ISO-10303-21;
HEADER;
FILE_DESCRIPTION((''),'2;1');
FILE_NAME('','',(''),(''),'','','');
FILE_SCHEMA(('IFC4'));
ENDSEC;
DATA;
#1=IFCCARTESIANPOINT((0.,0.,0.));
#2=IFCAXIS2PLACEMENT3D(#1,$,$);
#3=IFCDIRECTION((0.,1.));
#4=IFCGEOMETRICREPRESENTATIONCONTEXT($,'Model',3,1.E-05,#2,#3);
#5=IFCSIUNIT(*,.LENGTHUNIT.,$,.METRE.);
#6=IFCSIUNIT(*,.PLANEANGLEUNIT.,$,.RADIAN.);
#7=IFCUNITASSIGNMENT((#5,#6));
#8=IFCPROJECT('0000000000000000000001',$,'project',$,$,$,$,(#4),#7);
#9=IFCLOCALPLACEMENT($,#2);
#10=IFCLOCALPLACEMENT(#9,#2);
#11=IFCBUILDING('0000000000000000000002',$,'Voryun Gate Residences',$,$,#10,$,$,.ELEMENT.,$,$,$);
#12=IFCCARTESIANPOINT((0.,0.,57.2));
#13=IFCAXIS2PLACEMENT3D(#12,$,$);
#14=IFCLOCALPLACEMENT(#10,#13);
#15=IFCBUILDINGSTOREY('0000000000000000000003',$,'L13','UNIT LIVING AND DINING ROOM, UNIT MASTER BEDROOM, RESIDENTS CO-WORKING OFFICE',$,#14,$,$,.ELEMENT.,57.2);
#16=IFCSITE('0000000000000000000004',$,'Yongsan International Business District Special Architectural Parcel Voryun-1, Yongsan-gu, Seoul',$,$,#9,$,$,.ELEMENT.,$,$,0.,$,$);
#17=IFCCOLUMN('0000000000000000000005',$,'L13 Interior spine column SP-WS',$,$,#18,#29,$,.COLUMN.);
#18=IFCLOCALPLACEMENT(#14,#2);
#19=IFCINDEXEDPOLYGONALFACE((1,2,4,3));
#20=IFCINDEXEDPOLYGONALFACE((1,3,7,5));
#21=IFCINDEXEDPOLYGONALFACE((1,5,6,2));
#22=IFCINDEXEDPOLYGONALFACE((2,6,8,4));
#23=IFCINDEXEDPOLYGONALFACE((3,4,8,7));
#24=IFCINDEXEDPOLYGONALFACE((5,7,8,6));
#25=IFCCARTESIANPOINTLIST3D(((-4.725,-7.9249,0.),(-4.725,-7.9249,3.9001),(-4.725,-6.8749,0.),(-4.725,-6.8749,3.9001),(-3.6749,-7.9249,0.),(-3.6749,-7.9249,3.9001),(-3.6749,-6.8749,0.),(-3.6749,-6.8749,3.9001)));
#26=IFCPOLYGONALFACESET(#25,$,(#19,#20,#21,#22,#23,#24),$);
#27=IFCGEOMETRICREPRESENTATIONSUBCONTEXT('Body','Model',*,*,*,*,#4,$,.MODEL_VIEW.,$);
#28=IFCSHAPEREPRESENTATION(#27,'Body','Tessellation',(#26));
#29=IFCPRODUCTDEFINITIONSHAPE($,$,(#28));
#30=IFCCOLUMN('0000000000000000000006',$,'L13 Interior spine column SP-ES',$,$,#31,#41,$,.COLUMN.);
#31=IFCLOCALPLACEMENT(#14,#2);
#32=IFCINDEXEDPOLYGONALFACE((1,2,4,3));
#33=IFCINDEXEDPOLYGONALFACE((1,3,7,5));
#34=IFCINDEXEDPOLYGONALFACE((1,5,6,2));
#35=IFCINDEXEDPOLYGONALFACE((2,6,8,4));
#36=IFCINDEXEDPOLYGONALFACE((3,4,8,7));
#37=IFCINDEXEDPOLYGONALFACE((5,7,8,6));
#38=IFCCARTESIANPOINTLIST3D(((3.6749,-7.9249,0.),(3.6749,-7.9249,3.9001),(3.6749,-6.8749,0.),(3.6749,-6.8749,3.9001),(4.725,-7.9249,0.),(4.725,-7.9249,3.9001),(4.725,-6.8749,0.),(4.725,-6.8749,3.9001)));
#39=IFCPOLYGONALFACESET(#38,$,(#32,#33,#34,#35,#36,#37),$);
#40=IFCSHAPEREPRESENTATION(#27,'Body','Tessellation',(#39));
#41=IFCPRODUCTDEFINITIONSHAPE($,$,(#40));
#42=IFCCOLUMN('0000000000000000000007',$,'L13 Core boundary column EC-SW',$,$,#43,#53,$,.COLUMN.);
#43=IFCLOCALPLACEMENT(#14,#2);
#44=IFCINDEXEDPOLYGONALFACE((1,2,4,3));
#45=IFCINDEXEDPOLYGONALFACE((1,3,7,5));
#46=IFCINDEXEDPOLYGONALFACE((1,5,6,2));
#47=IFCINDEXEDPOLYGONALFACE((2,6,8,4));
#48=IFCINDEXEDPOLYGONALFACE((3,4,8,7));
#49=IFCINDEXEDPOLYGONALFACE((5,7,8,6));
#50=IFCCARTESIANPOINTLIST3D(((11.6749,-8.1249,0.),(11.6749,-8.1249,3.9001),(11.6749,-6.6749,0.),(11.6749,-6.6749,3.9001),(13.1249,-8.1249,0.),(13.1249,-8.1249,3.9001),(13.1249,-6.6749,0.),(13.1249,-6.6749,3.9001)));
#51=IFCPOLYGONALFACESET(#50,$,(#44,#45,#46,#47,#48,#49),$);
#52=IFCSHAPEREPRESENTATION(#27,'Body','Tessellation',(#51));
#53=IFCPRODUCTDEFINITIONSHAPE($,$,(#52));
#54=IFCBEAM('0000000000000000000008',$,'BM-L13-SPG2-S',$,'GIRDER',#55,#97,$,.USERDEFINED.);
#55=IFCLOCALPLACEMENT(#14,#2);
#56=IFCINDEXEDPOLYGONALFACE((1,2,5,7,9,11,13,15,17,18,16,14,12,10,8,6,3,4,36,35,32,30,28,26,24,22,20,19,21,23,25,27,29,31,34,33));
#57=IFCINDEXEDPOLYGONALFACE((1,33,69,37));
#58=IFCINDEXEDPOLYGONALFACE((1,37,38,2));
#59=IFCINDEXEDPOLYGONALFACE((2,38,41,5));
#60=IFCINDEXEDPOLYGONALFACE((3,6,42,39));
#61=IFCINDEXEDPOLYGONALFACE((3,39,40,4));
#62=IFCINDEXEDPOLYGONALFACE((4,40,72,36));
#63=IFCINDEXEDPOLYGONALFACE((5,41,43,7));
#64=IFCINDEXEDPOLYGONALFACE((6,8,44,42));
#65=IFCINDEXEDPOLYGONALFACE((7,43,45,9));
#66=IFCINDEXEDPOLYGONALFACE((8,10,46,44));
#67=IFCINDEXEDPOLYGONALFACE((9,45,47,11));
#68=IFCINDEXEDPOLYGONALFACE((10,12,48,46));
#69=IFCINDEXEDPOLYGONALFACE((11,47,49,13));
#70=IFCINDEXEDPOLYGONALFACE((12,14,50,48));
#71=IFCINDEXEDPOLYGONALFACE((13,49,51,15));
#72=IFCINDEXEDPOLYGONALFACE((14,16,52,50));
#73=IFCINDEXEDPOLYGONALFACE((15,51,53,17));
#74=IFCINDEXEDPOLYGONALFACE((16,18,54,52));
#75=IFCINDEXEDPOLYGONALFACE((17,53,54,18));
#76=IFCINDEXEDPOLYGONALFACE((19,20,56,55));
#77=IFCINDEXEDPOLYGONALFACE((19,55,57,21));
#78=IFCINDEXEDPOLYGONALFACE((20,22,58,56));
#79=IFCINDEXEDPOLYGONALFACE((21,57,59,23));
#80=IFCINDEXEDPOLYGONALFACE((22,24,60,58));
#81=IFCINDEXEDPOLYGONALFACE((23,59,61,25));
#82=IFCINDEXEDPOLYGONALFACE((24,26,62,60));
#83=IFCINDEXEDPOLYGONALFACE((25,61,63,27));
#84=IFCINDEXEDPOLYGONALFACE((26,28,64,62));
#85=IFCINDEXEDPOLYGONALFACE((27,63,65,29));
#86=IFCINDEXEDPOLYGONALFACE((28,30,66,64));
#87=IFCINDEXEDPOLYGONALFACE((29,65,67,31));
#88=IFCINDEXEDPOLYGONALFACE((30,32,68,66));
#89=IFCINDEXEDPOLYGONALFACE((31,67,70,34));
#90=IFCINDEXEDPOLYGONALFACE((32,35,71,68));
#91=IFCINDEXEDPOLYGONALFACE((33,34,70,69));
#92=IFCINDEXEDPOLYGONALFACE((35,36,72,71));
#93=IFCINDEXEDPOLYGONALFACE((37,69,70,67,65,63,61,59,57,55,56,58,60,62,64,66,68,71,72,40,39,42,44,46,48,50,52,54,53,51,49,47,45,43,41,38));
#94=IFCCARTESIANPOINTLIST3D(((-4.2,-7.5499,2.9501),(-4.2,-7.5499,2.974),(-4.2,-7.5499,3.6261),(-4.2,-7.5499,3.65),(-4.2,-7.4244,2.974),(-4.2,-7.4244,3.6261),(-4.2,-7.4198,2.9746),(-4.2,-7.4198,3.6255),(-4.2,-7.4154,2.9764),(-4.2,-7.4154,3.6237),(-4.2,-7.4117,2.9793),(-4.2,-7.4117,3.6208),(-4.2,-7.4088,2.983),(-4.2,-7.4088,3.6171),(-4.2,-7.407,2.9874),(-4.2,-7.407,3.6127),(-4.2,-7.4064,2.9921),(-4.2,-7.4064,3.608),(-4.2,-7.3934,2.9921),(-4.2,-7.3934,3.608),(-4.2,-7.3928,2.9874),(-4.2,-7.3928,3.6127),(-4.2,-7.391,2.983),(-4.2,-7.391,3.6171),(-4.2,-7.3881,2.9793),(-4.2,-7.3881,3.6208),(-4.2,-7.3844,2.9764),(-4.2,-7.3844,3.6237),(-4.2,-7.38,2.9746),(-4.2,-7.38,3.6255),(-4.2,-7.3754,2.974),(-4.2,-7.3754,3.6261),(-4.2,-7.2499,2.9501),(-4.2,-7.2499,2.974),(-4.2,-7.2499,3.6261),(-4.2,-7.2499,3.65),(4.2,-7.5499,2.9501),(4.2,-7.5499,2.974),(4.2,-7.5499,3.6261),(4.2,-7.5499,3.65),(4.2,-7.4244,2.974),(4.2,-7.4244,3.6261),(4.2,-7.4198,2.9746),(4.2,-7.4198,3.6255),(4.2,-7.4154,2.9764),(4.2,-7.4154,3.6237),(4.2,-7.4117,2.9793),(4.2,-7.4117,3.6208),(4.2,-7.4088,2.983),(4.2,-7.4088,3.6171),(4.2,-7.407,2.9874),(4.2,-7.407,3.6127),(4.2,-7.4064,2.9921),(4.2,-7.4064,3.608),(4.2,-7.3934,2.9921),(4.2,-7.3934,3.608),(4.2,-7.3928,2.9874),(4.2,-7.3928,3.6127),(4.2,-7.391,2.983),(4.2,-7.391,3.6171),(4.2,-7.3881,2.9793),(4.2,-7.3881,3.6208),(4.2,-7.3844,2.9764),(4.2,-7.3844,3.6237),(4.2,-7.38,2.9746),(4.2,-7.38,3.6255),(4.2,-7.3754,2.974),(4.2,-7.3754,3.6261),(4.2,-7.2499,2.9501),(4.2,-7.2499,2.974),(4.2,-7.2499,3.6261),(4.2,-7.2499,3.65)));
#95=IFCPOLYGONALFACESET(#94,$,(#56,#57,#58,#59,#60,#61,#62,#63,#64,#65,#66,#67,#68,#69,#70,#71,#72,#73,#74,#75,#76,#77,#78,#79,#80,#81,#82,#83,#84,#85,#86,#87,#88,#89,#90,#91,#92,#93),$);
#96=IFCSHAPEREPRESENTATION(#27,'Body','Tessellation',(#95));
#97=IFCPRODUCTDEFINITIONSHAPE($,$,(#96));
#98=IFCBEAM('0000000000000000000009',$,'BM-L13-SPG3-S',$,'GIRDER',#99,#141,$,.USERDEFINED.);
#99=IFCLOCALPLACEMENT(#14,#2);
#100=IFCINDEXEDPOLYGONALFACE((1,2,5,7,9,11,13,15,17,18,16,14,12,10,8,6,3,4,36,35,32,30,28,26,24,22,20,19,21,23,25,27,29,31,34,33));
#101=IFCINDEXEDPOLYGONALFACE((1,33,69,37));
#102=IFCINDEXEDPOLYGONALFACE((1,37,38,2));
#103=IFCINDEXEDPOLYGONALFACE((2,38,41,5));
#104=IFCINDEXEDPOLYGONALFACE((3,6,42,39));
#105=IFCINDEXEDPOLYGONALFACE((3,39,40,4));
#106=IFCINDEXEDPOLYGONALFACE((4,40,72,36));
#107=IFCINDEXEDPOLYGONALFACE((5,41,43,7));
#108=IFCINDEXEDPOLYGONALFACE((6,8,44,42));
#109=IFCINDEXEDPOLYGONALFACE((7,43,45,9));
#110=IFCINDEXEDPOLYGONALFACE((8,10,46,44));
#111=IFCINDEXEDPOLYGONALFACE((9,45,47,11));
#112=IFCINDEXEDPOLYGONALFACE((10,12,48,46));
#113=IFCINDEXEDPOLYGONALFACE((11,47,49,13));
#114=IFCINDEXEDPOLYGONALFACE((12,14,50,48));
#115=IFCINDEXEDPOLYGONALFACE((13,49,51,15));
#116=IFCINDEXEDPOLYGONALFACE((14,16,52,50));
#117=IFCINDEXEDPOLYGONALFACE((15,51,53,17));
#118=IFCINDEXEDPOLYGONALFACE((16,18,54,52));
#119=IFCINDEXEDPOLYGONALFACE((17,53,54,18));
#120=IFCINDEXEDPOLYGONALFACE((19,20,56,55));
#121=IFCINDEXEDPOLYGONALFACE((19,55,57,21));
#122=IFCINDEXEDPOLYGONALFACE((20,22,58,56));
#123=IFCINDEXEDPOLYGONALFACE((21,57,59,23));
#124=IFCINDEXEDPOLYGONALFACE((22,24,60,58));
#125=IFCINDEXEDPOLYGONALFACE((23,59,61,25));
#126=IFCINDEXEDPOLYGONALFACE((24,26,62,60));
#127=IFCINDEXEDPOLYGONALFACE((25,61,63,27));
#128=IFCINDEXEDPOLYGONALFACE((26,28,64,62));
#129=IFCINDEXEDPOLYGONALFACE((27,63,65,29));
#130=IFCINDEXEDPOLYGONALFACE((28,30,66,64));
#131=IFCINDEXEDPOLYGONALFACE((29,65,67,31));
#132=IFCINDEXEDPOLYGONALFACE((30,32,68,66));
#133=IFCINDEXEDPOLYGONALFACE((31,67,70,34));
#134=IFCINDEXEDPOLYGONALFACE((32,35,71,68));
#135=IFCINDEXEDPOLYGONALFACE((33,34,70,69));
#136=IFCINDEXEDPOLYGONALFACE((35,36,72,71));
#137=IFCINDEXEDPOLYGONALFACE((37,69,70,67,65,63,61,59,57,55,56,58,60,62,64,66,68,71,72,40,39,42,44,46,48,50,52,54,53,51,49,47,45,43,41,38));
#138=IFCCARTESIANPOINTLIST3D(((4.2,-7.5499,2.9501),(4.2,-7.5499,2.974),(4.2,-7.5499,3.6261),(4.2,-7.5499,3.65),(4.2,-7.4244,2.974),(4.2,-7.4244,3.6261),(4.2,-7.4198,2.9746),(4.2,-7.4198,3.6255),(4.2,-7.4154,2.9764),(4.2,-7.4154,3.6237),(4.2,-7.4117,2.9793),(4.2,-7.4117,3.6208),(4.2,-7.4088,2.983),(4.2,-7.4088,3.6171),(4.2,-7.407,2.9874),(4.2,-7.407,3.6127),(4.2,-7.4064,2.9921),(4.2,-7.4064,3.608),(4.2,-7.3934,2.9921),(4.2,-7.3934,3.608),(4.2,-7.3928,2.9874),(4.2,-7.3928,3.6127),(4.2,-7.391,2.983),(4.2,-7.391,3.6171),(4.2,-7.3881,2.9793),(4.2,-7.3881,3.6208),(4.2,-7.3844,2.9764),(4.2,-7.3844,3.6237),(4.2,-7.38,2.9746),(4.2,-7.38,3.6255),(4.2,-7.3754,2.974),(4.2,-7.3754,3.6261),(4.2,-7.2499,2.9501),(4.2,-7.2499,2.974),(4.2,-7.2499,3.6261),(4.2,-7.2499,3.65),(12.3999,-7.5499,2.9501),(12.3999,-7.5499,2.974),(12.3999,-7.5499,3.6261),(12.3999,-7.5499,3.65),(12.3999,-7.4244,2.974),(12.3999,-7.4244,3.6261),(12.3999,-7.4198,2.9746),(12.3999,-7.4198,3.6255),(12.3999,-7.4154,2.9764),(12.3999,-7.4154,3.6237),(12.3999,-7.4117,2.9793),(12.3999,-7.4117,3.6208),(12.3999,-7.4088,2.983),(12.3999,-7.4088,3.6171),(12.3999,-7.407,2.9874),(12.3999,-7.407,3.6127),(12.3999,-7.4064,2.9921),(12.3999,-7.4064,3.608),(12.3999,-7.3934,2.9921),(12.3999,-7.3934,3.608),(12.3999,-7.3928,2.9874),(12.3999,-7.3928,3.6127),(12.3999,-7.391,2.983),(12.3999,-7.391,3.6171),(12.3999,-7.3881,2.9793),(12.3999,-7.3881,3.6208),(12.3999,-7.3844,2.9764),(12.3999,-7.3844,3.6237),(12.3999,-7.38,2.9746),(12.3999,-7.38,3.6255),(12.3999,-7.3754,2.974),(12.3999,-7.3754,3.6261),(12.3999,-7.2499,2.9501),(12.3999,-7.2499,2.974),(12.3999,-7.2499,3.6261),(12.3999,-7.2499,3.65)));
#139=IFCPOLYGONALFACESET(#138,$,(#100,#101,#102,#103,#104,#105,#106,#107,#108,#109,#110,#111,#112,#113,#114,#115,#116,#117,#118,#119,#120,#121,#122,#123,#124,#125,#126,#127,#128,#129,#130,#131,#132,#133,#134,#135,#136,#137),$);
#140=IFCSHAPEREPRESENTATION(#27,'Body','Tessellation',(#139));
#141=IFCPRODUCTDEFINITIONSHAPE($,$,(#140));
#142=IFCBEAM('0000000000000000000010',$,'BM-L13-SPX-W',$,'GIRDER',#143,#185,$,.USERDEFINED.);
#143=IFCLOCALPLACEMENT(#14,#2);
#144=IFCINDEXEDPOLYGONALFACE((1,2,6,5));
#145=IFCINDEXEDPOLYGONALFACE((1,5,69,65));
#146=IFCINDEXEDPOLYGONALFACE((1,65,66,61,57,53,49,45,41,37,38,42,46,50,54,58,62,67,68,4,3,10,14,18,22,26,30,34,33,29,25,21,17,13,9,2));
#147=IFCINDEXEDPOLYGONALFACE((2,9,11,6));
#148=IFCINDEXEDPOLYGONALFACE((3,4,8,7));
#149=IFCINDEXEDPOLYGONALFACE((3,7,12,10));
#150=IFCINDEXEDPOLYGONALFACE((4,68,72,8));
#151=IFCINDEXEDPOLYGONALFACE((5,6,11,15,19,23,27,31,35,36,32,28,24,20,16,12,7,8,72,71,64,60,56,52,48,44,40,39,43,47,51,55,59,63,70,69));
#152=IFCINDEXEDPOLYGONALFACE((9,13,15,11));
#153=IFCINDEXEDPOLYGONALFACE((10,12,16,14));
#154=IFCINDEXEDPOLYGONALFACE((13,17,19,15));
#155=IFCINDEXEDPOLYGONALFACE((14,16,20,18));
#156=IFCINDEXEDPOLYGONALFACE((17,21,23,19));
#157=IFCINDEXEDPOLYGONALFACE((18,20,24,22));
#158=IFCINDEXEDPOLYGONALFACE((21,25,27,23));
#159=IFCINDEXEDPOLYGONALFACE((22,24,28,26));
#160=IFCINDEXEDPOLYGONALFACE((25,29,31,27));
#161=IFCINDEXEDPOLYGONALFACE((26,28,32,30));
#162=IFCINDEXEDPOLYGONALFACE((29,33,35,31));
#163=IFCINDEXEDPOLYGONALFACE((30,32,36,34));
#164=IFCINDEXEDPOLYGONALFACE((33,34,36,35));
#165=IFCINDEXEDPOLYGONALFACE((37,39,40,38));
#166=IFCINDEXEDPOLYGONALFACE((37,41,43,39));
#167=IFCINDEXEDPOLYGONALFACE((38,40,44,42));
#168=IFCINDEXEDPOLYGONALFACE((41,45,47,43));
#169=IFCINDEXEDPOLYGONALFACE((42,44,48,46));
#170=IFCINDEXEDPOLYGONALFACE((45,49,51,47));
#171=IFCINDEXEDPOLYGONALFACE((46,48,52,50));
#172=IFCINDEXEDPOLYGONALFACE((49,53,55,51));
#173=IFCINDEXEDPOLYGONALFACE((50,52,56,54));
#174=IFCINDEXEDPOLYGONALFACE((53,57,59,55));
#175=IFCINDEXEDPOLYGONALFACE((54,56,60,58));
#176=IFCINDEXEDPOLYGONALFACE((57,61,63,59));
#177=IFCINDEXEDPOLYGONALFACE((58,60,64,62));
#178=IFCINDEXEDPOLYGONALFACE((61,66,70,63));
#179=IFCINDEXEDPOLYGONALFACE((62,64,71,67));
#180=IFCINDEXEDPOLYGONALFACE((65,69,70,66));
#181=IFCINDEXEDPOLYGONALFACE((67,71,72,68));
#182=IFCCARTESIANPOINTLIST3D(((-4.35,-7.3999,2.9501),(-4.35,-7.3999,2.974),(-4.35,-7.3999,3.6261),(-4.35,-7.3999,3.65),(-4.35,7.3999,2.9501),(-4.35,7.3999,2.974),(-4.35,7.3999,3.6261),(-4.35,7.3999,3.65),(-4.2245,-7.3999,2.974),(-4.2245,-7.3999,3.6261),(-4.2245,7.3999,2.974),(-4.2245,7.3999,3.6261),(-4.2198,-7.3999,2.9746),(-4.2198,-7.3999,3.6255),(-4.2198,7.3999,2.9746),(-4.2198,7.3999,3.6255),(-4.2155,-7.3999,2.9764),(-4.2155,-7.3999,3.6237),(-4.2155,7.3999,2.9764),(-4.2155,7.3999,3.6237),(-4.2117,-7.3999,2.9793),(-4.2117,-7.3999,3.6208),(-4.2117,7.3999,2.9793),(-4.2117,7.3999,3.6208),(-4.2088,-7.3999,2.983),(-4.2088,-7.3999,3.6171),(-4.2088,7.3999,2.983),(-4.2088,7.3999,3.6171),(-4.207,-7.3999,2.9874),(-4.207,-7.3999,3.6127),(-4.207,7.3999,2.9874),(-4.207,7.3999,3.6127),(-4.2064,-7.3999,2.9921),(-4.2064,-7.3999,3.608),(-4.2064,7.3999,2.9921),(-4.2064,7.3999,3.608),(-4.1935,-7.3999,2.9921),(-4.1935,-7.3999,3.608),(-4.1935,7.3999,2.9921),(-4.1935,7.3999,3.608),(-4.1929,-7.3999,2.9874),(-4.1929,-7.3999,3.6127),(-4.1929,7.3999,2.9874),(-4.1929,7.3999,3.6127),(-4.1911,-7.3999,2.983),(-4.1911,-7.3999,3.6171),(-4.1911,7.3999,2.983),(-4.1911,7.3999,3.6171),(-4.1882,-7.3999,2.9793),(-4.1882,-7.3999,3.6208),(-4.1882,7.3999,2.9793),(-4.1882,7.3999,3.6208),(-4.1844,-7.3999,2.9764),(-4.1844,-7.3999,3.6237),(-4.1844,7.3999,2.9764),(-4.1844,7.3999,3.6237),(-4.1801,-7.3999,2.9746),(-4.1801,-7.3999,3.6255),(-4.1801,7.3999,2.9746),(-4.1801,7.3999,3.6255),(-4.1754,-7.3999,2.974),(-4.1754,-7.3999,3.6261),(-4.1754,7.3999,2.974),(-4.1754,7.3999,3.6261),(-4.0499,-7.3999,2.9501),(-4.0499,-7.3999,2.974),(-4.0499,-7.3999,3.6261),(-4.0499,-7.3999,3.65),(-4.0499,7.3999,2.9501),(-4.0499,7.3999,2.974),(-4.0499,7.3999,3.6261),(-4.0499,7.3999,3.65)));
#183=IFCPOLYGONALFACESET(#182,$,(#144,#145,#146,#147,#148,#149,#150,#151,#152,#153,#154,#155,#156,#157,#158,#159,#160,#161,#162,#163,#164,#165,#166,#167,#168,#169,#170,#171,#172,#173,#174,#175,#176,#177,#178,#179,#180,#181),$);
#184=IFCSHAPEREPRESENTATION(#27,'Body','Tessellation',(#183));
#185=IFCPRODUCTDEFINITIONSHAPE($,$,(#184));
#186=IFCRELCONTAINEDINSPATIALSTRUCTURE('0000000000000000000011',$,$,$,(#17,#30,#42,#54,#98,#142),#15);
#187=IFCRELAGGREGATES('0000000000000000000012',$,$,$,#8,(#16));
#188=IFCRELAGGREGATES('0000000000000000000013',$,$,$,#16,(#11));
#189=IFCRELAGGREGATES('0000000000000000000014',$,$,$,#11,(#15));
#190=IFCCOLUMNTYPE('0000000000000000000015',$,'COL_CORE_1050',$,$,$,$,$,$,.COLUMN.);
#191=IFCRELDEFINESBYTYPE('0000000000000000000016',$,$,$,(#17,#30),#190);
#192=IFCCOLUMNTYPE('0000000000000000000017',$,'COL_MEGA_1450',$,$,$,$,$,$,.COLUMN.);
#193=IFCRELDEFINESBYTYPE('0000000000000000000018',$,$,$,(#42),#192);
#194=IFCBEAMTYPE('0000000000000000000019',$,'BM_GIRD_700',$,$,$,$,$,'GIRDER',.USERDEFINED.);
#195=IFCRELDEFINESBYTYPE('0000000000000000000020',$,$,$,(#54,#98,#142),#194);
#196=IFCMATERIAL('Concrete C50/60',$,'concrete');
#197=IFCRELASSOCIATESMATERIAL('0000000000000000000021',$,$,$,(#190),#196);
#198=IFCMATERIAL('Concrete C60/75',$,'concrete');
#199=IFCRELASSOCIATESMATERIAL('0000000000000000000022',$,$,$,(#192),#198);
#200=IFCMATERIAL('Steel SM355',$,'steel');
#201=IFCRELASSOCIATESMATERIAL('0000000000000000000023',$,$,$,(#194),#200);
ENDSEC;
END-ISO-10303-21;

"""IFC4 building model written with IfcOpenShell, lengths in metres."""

from ifc_helpers import new_model, si_unit, direction, frame, origin, origin_2d, place, context, subcontext, project, spatial, rectangle, i_section, extrude, material, material_profile, profile_set, type_object, element, save


model = new_model("IFC4")

# Units and contexts
model_context = context("Model", 3, precision=1e-05, world=origin(), true_north=direction((0.0, 1.0)))
body_context = subcontext(model_context, "Body", "Model", "MODEL_VIEW")
ifc_project = project(units=[si_unit("LENGTHUNIT", "METRE"), si_unit("PLANEANGLEUNIT", "RADIAN")], contexts=[model_context])

# Site, building, storey
site_placement = place(None, origin())
site = spatial("IfcSite", under=ifc_project, at=site_placement, Name="Yongsan International Business District Special Architectural Parcel Voryun-1, Yongsan-gu, Seoul", CompositionType="ELEMENT", RefElevation=0.0)
building_placement = place(site_placement, origin())
building = spatial("IfcBuilding", under=site, at=building_placement, Name="Voryun Gate Residences", CompositionType="ELEMENT")
storey_placement = place(building_placement, frame((0.0, 0.0, 57.2)))
storey = spatial("IfcBuildingStorey", under=building, at=storey_placement, Name="L13", Description="UNIT LIVING AND DINING ROOM, UNIT MASTER BEDROOM, RESIDENTS CO-WORKING OFFICE", CompositionType="ELEMENT", Elevation=57.2)

# Columns
ifc_material_1 = material(Name="Concrete C50/60", Category="concrete")
ifc_material_profile_1 = material_profile(ifc_material_1, rectangle(XDim=1.05, YDim=1.05, at=origin_2d()), Name="RC-1050x1050")
ifc_profile_set_1 = profile_set([ifc_material_profile_1], Name="Concrete C50/60")
column_type_1 = type_object("IfcColumnType", Name="COL_CORE_1050", PredefinedType="COLUMN", material=ifc_profile_set_1)
for number, where, z_axis, x_axis, name in (
    (1, (-4.2, -7.3999, 0.0), (0.0, 0.0, 1.0), (1.0, 0.0, 0.0), "L13 Interior spine column SP-WS"),
    (2, (4.2, -7.3999, 0.0), (0.0, 0.0, 1.0), (1.0, 0.0, 0.0), "L13 Interior spine column SP-ES"),
):
    element("IfcColumn", number, at=place(storey_placement, frame(where, z_axis=z_axis, x_axis=x_axis)), inside=storey, type_object=column_type_1, Name=name, PredefinedType="COLUMN", context=body_context, shape_type="SweptSolid", body=[
        extrude(rectangle(XDim=1.05, YDim=1.05, at=origin_2d()), origin(), (0.0, 0.0, 1.0), 3.9001),
    ])
ifc_material_2 = material(Name="Concrete C60/75", Category="concrete")
ifc_material_profile_2 = material_profile(ifc_material_2, rectangle(XDim=1.45, YDim=1.45, at=origin_2d()), Name="RC-1450x1450")
ifc_profile_set_2 = profile_set([ifc_material_profile_2], Name="Concrete C60/75")
column_type_2 = type_object("IfcColumnType", Name="COL_MEGA_1450", PredefinedType="COLUMN", material=ifc_profile_set_2)
column_placement = place(storey_placement, frame((12.3999, -7.3999, 0.0), z_axis=(0.0, 0.0, 1.0), x_axis=(1.0, 0.0, 0.0)))
element("IfcColumn", 3, at=column_placement, inside=storey, type_object=column_type_2, Name="L13 Core boundary column EC-SW", PredefinedType="COLUMN", context=body_context, shape_type="SweptSolid", body=[
    extrude(rectangle(XDim=1.45, YDim=1.45, at=origin_2d()), origin(), (0.0, 0.0, 1.0), 3.9001),
])

# Beams
ifc_material_3 = material(Name="Steel SM355", Category="steel")
ifc_material_profile_3 = material_profile(ifc_material_3, i_section(OverallWidth=0.3, OverallDepth=0.7, WebThickness=0.0129, FlangeThickness=0.0239, FilletRadius=0.0181, at=origin_2d()), Name="H-700x300x13x24")
ifc_profile_set_3 = profile_set([ifc_material_profile_3], Name="Steel SM355")
beam_type_1 = type_object("IfcBeamType", Name="BM_GIRD_700", ElementType="GIRDER", PredefinedType="USERDEFINED", material=ifc_profile_set_3)
beam_1_placement = place(storey_placement, frame((-4.2, -7.3999, 3.3), z_axis=(1.0, 0.0, 0.0), x_axis=(0.0, 1.0, 0.0)))
element("IfcBeam", 4, at=beam_1_placement, inside=storey, type_object=beam_type_1, Name="BM-L13-SPG2-S", ObjectType="GIRDER", PredefinedType="USERDEFINED", context=body_context, shape_type="SweptSolid", body=[
    extrude(i_section(OverallWidth=0.3, OverallDepth=0.7, WebThickness=0.0129, FlangeThickness=0.0239, FilletRadius=0.0181, at=origin_2d()), origin(), (0.0, 0.0, 1.0), 8.3999),
])
beam_2_placement = place(storey_placement, frame((4.2, -7.3999, 3.3), z_axis=(1.0, 0.0, 0.0), x_axis=(0.0, 1.0, 0.0)))
element("IfcBeam", 5, at=beam_2_placement, inside=storey, type_object=beam_type_1, Name="BM-L13-SPG3-S", ObjectType="GIRDER", PredefinedType="USERDEFINED", context=body_context, shape_type="SweptSolid", body=[
    extrude(i_section(OverallWidth=0.3, OverallDepth=0.7, WebThickness=0.0129, FlangeThickness=0.0239, FilletRadius=0.0181, at=origin_2d()), origin(), (0.0, 0.0, 1.0), 8.2),
])
for number, where, z_axis, x_axis, name in (
    (6, (-4.2, -7.3999, 3.3), (0.0, 1.0, 0.0), (-1.0, 0.0, 0.0), "BM-L13-SPX-W"),
):
    element("IfcBeam", number, at=place(storey_placement, frame(where, z_axis=z_axis, x_axis=x_axis)), inside=storey, type_object=beam_type_1, Name=name, ObjectType="GIRDER", PredefinedType="USERDEFINED", context=body_context, shape_type="SweptSolid", body=[
        extrude(i_section(OverallWidth=0.3, OverallDepth=0.7, WebThickness=0.0129, FlangeThickness=0.0239, FilletRadius=0.0181, at=origin_2d()), origin(), (0.0, 0.0, 1.0), 14.7998),
    ])

save(model, "model.ifc")
